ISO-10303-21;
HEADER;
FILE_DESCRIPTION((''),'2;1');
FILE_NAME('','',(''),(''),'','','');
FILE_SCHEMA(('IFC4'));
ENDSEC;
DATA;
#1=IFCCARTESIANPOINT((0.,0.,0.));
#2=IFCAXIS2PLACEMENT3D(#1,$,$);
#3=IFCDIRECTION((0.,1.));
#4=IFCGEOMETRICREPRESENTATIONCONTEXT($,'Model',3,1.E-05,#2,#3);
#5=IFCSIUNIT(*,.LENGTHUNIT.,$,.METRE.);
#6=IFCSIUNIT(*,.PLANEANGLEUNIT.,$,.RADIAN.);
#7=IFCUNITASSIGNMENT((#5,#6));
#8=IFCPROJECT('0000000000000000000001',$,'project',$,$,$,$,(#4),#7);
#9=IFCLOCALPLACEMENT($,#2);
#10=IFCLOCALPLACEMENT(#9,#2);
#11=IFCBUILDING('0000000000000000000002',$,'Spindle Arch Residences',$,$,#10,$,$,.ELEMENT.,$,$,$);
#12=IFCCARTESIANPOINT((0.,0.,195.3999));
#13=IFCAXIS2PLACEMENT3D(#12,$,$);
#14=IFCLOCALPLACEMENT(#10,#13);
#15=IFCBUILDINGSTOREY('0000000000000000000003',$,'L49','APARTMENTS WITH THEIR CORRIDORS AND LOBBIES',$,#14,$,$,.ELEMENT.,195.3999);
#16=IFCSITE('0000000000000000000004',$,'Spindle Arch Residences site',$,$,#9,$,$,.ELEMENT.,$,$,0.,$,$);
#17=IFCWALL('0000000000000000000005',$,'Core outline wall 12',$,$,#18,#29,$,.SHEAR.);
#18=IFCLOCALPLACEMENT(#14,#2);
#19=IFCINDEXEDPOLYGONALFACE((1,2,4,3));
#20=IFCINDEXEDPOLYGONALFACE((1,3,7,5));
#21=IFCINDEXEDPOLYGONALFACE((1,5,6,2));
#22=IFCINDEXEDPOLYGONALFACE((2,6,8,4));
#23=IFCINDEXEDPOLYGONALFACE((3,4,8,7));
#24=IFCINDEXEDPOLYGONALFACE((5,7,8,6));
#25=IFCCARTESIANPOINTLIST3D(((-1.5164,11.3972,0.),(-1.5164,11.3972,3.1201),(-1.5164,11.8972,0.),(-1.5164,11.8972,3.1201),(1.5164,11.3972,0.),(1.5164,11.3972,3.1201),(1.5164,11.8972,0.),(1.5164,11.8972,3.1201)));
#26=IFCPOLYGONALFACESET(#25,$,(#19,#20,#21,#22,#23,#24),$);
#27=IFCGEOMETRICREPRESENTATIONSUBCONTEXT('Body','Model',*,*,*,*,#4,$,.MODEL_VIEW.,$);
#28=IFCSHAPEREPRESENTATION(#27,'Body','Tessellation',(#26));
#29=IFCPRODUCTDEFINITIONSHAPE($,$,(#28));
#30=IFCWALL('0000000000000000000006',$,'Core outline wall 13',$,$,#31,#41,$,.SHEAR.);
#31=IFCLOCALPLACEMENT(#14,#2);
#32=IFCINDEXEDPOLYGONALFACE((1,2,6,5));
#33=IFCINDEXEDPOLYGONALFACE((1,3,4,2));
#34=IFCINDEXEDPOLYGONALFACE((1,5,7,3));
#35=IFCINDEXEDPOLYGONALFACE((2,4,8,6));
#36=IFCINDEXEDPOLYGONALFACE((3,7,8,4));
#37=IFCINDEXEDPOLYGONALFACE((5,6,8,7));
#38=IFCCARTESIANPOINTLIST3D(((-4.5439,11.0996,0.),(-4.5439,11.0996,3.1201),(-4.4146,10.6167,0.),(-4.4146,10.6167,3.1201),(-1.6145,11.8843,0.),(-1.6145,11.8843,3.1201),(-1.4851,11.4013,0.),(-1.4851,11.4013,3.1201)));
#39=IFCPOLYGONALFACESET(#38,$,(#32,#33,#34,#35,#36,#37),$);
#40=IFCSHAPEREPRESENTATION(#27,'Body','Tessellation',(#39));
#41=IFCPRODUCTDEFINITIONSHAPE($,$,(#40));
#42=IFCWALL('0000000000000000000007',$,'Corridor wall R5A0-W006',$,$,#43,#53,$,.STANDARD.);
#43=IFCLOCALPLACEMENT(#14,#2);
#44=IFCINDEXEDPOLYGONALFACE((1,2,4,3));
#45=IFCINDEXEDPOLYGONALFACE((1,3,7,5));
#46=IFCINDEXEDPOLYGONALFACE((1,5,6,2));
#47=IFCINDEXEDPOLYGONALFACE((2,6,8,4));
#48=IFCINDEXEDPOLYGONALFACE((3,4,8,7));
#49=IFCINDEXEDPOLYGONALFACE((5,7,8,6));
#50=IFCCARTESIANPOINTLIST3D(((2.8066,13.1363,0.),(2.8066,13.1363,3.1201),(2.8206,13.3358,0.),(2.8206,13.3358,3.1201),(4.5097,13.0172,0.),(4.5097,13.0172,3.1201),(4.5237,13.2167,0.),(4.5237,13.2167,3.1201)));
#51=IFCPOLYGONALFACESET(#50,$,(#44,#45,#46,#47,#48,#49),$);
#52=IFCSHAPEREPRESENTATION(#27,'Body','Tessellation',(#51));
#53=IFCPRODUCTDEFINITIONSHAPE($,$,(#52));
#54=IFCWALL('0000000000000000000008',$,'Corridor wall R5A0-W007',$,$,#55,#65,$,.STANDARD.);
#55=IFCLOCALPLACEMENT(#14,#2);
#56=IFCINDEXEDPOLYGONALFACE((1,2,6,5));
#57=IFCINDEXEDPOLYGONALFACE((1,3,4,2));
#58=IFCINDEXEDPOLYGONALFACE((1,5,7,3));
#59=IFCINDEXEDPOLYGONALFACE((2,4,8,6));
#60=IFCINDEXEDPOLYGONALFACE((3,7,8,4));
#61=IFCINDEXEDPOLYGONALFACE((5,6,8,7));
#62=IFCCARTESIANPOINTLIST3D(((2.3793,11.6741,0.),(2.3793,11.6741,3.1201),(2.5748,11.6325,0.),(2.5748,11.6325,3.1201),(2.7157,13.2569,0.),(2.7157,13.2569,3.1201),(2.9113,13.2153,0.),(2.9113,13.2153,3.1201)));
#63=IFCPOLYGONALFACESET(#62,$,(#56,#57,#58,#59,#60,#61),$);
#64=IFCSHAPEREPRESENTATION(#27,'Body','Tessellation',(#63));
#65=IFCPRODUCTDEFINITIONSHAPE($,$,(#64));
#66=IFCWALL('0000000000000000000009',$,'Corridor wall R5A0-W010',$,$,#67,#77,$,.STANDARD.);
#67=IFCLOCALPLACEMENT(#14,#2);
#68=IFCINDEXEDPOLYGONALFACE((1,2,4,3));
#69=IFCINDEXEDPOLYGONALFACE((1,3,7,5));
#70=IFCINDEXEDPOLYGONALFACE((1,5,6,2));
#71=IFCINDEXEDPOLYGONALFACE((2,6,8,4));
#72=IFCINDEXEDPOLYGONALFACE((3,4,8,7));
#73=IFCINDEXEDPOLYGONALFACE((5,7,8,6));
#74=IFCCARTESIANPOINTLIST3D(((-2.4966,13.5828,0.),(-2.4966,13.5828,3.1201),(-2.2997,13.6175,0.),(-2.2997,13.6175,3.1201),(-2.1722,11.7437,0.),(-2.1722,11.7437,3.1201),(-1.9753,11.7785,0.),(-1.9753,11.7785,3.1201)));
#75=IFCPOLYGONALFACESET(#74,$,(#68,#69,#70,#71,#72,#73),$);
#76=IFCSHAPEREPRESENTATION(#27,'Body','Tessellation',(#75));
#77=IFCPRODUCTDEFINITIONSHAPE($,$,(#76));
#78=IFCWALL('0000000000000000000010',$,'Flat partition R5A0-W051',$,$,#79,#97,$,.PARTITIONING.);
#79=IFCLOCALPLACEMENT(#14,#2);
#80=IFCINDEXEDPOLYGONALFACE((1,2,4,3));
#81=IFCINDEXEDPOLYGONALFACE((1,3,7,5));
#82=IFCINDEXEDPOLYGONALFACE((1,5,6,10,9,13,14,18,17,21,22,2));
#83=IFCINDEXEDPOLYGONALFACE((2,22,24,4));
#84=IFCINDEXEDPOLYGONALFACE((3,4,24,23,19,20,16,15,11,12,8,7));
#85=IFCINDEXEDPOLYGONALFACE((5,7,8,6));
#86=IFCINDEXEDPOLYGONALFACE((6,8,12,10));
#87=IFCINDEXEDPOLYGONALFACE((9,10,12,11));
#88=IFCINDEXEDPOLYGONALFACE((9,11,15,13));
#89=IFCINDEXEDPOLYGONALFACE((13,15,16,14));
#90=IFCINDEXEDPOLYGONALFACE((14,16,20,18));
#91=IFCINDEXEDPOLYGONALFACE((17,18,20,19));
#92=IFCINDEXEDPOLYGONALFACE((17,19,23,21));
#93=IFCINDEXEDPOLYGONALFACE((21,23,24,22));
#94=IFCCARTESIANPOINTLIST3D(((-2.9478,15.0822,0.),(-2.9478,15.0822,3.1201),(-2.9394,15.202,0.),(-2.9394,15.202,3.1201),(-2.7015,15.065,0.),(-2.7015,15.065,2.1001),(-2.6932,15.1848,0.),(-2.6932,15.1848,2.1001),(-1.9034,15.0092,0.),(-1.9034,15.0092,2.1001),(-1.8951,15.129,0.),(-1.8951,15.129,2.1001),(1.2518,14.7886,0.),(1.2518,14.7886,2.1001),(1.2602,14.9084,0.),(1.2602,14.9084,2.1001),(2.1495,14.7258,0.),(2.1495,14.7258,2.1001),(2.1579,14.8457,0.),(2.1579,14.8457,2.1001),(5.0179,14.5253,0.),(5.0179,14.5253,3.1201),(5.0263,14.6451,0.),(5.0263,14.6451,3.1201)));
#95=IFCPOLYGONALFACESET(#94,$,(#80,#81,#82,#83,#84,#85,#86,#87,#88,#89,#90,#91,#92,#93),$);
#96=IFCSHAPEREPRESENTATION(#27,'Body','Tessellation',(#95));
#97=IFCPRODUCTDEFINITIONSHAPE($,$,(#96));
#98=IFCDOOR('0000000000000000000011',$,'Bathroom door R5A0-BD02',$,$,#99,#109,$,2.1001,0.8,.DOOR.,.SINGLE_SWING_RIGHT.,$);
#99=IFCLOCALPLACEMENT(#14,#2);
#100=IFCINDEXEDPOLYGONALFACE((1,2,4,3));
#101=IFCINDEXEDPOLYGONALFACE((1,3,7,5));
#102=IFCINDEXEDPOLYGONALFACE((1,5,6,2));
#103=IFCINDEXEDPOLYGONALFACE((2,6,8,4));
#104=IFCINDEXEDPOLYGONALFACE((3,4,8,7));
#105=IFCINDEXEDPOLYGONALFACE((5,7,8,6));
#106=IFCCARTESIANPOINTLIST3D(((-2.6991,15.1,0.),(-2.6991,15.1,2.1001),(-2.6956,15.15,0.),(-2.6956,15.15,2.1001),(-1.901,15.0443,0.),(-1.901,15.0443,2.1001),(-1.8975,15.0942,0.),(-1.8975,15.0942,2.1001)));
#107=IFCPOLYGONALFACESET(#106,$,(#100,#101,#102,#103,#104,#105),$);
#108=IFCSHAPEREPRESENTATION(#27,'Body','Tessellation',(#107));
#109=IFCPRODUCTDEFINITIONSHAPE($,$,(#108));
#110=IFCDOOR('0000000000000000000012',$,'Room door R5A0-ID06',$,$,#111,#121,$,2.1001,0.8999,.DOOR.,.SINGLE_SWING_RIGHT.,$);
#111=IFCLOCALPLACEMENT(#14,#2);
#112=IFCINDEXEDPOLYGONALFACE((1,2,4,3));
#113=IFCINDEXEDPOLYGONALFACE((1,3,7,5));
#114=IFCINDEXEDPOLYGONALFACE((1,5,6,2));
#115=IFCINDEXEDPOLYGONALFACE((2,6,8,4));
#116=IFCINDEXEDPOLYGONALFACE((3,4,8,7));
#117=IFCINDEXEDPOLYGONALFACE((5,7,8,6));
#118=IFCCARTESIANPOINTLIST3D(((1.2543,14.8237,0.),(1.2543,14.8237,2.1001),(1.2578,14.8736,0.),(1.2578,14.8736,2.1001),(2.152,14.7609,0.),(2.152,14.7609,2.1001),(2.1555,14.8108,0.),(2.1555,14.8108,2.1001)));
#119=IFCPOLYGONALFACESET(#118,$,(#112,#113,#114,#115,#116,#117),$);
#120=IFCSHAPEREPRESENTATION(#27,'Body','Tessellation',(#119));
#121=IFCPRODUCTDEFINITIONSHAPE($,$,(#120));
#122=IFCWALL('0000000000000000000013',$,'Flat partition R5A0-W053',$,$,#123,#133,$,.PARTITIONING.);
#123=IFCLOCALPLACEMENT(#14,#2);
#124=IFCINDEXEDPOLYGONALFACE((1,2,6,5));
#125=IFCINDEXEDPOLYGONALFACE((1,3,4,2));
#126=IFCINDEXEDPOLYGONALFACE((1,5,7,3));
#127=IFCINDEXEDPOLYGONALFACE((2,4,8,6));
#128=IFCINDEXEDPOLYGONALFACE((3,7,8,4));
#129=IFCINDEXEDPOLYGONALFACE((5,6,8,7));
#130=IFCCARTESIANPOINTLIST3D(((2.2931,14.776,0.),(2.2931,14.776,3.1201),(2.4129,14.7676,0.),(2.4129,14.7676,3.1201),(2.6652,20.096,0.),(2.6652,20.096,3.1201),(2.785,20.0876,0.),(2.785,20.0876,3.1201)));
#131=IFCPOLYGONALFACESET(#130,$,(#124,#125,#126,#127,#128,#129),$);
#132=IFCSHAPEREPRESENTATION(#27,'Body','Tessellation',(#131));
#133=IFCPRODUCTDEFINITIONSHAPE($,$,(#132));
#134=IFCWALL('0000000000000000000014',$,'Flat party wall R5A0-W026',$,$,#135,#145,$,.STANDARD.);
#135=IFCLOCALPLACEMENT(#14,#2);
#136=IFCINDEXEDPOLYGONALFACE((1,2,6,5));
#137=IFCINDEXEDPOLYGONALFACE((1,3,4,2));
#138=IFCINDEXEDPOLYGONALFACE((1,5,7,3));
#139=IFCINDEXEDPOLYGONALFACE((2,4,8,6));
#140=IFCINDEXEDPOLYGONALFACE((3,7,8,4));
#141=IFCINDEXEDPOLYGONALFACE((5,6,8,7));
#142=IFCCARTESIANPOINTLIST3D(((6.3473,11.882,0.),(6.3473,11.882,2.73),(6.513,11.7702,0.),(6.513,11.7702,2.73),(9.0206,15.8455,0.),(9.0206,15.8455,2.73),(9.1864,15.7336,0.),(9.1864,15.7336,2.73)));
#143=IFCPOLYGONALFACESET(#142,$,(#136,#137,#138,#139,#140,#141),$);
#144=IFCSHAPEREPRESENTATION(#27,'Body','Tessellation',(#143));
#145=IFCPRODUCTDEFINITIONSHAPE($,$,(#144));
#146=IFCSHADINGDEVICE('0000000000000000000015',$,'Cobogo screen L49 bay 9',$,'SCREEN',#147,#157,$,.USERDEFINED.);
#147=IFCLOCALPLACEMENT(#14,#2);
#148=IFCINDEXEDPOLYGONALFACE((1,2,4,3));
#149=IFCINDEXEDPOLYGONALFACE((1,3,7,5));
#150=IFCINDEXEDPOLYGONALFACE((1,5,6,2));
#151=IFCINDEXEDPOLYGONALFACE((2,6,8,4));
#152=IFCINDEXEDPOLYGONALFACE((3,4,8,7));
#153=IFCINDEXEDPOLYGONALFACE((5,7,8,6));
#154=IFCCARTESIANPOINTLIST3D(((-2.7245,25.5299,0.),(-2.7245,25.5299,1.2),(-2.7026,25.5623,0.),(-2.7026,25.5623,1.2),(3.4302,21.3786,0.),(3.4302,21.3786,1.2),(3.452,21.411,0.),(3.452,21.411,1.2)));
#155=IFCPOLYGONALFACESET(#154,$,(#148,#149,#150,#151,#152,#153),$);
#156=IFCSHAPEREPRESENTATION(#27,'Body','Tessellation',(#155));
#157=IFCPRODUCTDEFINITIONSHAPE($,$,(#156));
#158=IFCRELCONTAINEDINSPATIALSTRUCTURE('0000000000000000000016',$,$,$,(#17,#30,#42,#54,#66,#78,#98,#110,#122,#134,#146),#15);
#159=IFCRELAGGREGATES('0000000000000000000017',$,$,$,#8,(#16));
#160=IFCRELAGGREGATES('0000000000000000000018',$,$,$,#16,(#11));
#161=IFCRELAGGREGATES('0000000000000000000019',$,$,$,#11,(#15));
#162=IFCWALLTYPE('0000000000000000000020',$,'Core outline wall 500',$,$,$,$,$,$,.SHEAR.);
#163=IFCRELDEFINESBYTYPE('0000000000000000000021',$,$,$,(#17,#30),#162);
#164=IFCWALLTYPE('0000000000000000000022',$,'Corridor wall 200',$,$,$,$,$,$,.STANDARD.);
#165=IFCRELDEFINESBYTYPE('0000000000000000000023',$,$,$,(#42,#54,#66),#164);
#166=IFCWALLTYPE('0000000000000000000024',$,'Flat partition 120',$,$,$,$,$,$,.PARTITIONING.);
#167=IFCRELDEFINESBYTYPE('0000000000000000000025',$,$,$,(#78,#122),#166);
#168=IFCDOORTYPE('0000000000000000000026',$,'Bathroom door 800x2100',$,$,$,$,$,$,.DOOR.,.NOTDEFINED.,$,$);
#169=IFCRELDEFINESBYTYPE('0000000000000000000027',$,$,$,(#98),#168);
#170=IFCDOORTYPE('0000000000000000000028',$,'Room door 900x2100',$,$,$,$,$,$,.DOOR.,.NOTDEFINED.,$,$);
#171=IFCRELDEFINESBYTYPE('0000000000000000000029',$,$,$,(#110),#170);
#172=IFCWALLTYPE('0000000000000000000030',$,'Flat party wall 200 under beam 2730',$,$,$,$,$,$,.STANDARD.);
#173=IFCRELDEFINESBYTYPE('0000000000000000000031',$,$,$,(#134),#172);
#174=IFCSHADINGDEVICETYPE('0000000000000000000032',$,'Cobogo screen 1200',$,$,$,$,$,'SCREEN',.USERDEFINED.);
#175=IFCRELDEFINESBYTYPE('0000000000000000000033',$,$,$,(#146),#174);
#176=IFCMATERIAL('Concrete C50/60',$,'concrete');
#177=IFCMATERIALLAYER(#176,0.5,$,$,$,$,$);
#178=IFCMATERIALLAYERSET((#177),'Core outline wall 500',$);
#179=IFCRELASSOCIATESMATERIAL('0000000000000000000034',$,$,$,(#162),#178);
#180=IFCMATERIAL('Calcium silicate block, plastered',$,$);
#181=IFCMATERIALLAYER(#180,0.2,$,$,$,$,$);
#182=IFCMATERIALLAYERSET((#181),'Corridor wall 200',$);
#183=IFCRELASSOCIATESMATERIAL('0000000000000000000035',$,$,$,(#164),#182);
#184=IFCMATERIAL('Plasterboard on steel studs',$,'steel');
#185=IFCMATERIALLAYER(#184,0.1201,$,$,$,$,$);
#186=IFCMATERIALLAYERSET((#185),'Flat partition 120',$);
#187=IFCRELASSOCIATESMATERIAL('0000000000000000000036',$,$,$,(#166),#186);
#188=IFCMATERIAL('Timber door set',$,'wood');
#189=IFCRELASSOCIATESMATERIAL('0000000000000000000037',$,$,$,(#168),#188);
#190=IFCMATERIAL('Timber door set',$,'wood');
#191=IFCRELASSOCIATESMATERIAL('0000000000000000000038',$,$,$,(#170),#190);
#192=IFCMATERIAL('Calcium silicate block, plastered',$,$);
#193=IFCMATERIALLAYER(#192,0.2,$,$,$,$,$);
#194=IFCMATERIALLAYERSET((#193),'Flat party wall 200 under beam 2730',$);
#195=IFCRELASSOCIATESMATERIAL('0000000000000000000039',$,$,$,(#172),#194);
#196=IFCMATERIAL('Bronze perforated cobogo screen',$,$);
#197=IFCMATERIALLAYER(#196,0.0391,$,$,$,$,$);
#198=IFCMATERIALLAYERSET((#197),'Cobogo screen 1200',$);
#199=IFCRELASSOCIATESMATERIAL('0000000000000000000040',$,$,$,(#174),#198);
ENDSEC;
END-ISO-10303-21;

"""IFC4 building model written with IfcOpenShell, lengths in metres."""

from ifc_helpers import new_model, si_unit, direction, frame, frame_2d, origin, origin_2d, place, context, subcontext, project, spatial, rectangle, extrude, material, layer, layer_set, type_object, element, fill, save


model = new_model("IFC4")

# Units and contexts
model_context = context("Model", 3, precision=1e-05, world=origin(), true_north=direction((0.0, 1.0)))
body_context = subcontext(model_context, "Body", "Model", "MODEL_VIEW")
ifc_project = project(units=[si_unit("LENGTHUNIT", "METRE"), si_unit("PLANEANGLEUNIT", "RADIAN")], contexts=[model_context])

# Site, building, storey
site_placement = place(None, origin())
site = spatial("IfcSite", under=ifc_project, at=site_placement, Name="Spindle Arch Residences site", CompositionType="ELEMENT", RefElevation=0.0)
building_placement = place(site_placement, origin())
building = spatial("IfcBuilding", under=site, at=building_placement, Name="Spindle Arch Residences", CompositionType="ELEMENT")
storey_placement = place(building_placement, frame((0.0, 0.0, 195.3999)))
storey = spatial("IfcBuildingStorey", under=building, at=storey_placement, Name="L49", Description="APARTMENTS WITH THEIR CORRIDORS AND LOBBIES", CompositionType="ELEMENT", Elevation=195.3999)

# Walls
ifc_material_1 = material(Name="Concrete C50/60", Category="concrete")
ifc_layer_1 = layer(ifc_material_1, 0.5)
ifc_layer_set_1 = layer_set([ifc_layer_1], Name="Core outline wall 500")
wall_type_1 = type_object("IfcWallType", Name="Core outline wall 500", PredefinedType="SHEAR", material=ifc_layer_set_1)
for number, where, z_axis, x_axis, name in (
    (1, (1.5164, 11.6472, 0.0), (0.0, 0.0, 1.0), (-1.0, 0.0, 0.0), "Core outline wall 12"),
    (2, (-1.5498, 11.6428, 0.0), (0.0, 0.0, 1.0), (-0.965948, -0.258735, 0.0), "Core outline wall 13"),
):
    element("IfcWall", number, at=place(storey_placement, frame(where, z_axis=z_axis, x_axis=x_axis)), inside=storey, type_object=wall_type_1, Name=name, PredefinedType="SHEAR", context=body_context, shape_type="SweptSolid", body=[
        extrude(rectangle(XDim=3.0327, YDim=0.5, at=frame_2d((1.5164, 0.0))), origin(), (0.0, 0.0, 1.0), 3.1201),
    ])
ifc_material_2 = material(Name="Calcium silicate block, plastered")
ifc_layer_2 = layer(ifc_material_2, 0.2)
ifc_layer_set_2 = layer_set([ifc_layer_2], Name="Corridor wall 200")
wall_type_2 = type_object("IfcWallType", Name="Corridor wall 200", PredefinedType="STANDARD", material=ifc_layer_set_2)
wall_1_placement = place(storey_placement, frame((4.5166, 13.1169, 0.0), z_axis=(0.0, 0.0, 1.0), x_axis=(-0.997562, 0.069784, 0.0)))
element("IfcWall", 3, at=wall_1_placement, inside=storey, type_object=wall_type_2, Name="Corridor wall R5A0-W006", PredefinedType="STANDARD", context=body_context, shape_type="SweptSolid", body=[
    extrude(rectangle(XDim=1.7073, YDim=0.2, at=frame_2d((0.8535, 0.0))), origin(), (0.0, 0.0, 1.0), 3.1201),
])
wall_2_placement = place(storey_placement, frame((2.8135, 13.2361, 0.0), z_axis=(0.0, 0.0, 1.0), x_axis=(-0.207911, -0.978148, 0.0)))
element("IfcWall", 4, at=wall_2_placement, inside=storey, type_object=wall_type_2, Name="Corridor wall R5A0-W007", PredefinedType="STANDARD", context=body_context, shape_type="SweptSolid", body=[
    extrude(rectangle(XDim=1.6182, YDim=0.2, at=frame_2d((0.8091, 0.0))), origin(), (0.0, 0.0, 1.0), 3.1201),
])
wall_3_placement = place(storey_placement, frame((-2.0737, 11.7612, 0.0), z_axis=(0.0, 0.0, 1.0), x_axis=(-0.173741, 0.984791, 0.0)))
element("IfcWall", 5, at=wall_3_placement, inside=storey, type_object=wall_type_2, Name="Corridor wall R5A0-W010", PredefinedType="STANDARD", context=body_context, shape_type="SweptSolid", body=[
    extrude(rectangle(XDim=1.8674, YDim=0.2, at=frame_2d((0.9336, 0.0))), origin(), (0.0, 0.0, 1.0), 3.1201),
])

# Wall, openings, doors
ifc_material_3 = material(Name="Plasterboard on steel studs", Category="steel")
ifc_layer_3 = layer(ifc_material_3, 0.1201)
ifc_layer_set_3 = layer_set([ifc_layer_3], Name="Flat partition 120")
wall_type_3 = type_object("IfcWallType", Name="Flat partition 120", PredefinedType="PARTITIONING", material=ifc_layer_set_3)
wall_4_placement = place(storey_placement, frame((5.0222, 14.5852, 0.0), z_axis=(0.0, 0.0, 1.0), x_axis=(-0.997565, 0.069741, 0.0)))
wall_4 = element("IfcWall", 6, at=wall_4_placement, inside=storey, type_object=wall_type_3, Name="Flat partition R5A0-W051", PredefinedType="PARTITIONING", context=body_context, shape_type="SweptSolid", body=[
    extrude(rectangle(XDim=7.9851, YDim=0.1201, at=frame_2d((3.9927, 0.0))), origin(), (0.0, 0.0, 1.0), 3.1201),
])
opening_1_placement = place(wall_4_placement, frame((2.8755, 0.0, 0.0)))
opening_1 = element("IfcOpeningElement", 7, at=opening_1_placement, cuts=wall_4, PredefinedType="OPENING", context=body_context, shape_type="SweptSolid", body=[
    extrude(rectangle(XDim=0.8999, YDim=2.1001, at=frame_2d((0.45, 1.05))), frame((0.0, 0.0701, 0.0), z_axis=(0.0, -1.0, 0.0), x_axis=(1.0, 0.0, 0.0)), (0.0, 0.0, 1.0), 0.1401),
])
opening_2_placement = place(wall_4_placement, frame((6.9385, 0.0, 0.0)))
opening_2 = element("IfcOpeningElement", 8, at=opening_2_placement, cuts=wall_4, PredefinedType="OPENING", context=body_context, shape_type="SweptSolid", body=[
    extrude(rectangle(XDim=0.8, YDim=2.1001, at=frame_2d((0.3999, 1.05))), frame((0.0, 0.0701, 0.0), z_axis=(0.0, -1.0, 0.0), x_axis=(1.0, 0.0, 0.0)), (0.0, 0.0, 1.0), 0.1401),
])
ifc_material_4 = material(Name="Timber door set", Category="wood")
door_type_1 = type_object("IfcDoorType", Name="Bathroom door 800x2100", OperationType="NOTDEFINED", PredefinedType="DOOR", material=ifc_material_4)
door_1_placement = place(opening_2_placement, origin())
door_1 = element("IfcDoor", 9, at=door_1_placement, inside=storey, type_object=door_type_1, Name="Bathroom door R5A0-BD02", OperationType="SINGLE_SWING_RIGHT", OverallHeight=2.1001, OverallWidth=0.8, PredefinedType="DOOR", context=body_context, shape_type="SweptSolid", body=[
    extrude(rectangle(XDim=0.8, YDim=2.1001, at=frame_2d((0.3999, 1.05))), frame((0.0, 0.0249, 0.0), z_axis=(0.0, -1.0, 0.0), x_axis=(1.0, 0.0, 0.0)), (0.0, 0.0, 1.0), 0.05),
])
fill(opening_2, door_1)
ifc_material_5 = material(Name="Timber door set", Category="wood")
door_type_2 = type_object("IfcDoorType", Name="Room door 900x2100", OperationType="NOTDEFINED", PredefinedType="DOOR", material=ifc_material_5)
door_2_placement = place(opening_1_placement, origin())
door_2 = element("IfcDoor", 10, at=door_2_placement, inside=storey, type_object=door_type_2, Name="Room door R5A0-ID06", OperationType="SINGLE_SWING_RIGHT", OverallHeight=2.1001, OverallWidth=0.8999, PredefinedType="DOOR", context=body_context, shape_type="SweptSolid", body=[
    extrude(rectangle(XDim=0.8999, YDim=2.1001, at=frame_2d((0.45, 1.05))), frame((0.0, 0.0249, 0.0), z_axis=(0.0, -1.0, 0.0), x_axis=(1.0, 0.0, 0.0)), (0.0, 0.0, 1.0), 0.05),
])
fill(opening_1, door_2)

# Walls
wall_5_placement = place(storey_placement, frame((2.7251, 20.0918, 0.0), z_axis=(0.0, 0.0, 1.0), x_axis=(-0.069767, -0.997563, 0.0)))
element("IfcWall", 11, at=wall_5_placement, inside=storey, type_object=wall_type_3, Name="Flat partition R5A0-W053", PredefinedType="PARTITIONING", context=body_context, shape_type="SweptSolid", body=[
    extrude(rectangle(XDim=5.333, YDim=0.1201, at=frame_2d((2.6665, 0.0))), origin(), (0.0, 0.0, 1.0), 3.1201),
])
ifc_material_6 = material(Name="Calcium silicate block, plastered")
ifc_layer_4 = layer(ifc_material_6, 0.2)
ifc_layer_set_4 = layer_set([ifc_layer_4], Name="Flat party wall 200 under beam 2730")
wall_type_4 = type_object("IfcWallType", Name="Flat party wall 200 under beam 2730", PredefinedType="STANDARD", material=ifc_layer_set_4)
wall_6_placement = place(storey_placement, frame((9.1035, 15.7896, 0.0), z_axis=(0.0, 0.0, 1.0), x_axis=(-0.559194, -0.829037, 0.0)))
element("IfcWall", 12, at=wall_6_placement, inside=storey, type_object=wall_type_4, Name="Flat party wall R5A0-W026", PredefinedType="STANDARD", context=body_context, shape_type="SweptSolid", body=[
    extrude(rectangle(XDim=4.7808, YDim=0.2, at=frame_2d((2.3904, 0.0))), origin(), (0.0, 0.0, 1.0), 2.73),
])

# Shading device
ifc_material_7 = material(Name="Bronze perforated cobogo screen")
ifc_layer_5 = layer(ifc_material_7, 0.0391)
ifc_layer_set_5 = layer_set([ifc_layer_5], Name="Cobogo screen 1200")
shading_device_type = type_object("IfcShadingDeviceType", Name="Cobogo screen 1200", ElementType="SCREEN", PredefinedType="USERDEFINED", material=ifc_layer_set_5)
shading_device_placement = place(storey_placement, frame((0.3638, 23.4705, 0.0), z_axis=(0.0, 0.0, 1.0), x_axis=(-0.829038, 0.559193, 0.0)))
element("IfcShadingDevice", 13, at=shading_device_placement, inside=storey, type_object=shading_device_type, Name="Cobogo screen L49 bay 9", ObjectType="SCREEN", PredefinedType="USERDEFINED", context=body_context, shape_type="SweptSolid", body=[
    extrude(rectangle(XDim=7.4238, YDim=0.0391, at=origin_2d()), origin(), (0.0, 0.0, 1.0), 1.2),
])

save(model, "model.ifc")
